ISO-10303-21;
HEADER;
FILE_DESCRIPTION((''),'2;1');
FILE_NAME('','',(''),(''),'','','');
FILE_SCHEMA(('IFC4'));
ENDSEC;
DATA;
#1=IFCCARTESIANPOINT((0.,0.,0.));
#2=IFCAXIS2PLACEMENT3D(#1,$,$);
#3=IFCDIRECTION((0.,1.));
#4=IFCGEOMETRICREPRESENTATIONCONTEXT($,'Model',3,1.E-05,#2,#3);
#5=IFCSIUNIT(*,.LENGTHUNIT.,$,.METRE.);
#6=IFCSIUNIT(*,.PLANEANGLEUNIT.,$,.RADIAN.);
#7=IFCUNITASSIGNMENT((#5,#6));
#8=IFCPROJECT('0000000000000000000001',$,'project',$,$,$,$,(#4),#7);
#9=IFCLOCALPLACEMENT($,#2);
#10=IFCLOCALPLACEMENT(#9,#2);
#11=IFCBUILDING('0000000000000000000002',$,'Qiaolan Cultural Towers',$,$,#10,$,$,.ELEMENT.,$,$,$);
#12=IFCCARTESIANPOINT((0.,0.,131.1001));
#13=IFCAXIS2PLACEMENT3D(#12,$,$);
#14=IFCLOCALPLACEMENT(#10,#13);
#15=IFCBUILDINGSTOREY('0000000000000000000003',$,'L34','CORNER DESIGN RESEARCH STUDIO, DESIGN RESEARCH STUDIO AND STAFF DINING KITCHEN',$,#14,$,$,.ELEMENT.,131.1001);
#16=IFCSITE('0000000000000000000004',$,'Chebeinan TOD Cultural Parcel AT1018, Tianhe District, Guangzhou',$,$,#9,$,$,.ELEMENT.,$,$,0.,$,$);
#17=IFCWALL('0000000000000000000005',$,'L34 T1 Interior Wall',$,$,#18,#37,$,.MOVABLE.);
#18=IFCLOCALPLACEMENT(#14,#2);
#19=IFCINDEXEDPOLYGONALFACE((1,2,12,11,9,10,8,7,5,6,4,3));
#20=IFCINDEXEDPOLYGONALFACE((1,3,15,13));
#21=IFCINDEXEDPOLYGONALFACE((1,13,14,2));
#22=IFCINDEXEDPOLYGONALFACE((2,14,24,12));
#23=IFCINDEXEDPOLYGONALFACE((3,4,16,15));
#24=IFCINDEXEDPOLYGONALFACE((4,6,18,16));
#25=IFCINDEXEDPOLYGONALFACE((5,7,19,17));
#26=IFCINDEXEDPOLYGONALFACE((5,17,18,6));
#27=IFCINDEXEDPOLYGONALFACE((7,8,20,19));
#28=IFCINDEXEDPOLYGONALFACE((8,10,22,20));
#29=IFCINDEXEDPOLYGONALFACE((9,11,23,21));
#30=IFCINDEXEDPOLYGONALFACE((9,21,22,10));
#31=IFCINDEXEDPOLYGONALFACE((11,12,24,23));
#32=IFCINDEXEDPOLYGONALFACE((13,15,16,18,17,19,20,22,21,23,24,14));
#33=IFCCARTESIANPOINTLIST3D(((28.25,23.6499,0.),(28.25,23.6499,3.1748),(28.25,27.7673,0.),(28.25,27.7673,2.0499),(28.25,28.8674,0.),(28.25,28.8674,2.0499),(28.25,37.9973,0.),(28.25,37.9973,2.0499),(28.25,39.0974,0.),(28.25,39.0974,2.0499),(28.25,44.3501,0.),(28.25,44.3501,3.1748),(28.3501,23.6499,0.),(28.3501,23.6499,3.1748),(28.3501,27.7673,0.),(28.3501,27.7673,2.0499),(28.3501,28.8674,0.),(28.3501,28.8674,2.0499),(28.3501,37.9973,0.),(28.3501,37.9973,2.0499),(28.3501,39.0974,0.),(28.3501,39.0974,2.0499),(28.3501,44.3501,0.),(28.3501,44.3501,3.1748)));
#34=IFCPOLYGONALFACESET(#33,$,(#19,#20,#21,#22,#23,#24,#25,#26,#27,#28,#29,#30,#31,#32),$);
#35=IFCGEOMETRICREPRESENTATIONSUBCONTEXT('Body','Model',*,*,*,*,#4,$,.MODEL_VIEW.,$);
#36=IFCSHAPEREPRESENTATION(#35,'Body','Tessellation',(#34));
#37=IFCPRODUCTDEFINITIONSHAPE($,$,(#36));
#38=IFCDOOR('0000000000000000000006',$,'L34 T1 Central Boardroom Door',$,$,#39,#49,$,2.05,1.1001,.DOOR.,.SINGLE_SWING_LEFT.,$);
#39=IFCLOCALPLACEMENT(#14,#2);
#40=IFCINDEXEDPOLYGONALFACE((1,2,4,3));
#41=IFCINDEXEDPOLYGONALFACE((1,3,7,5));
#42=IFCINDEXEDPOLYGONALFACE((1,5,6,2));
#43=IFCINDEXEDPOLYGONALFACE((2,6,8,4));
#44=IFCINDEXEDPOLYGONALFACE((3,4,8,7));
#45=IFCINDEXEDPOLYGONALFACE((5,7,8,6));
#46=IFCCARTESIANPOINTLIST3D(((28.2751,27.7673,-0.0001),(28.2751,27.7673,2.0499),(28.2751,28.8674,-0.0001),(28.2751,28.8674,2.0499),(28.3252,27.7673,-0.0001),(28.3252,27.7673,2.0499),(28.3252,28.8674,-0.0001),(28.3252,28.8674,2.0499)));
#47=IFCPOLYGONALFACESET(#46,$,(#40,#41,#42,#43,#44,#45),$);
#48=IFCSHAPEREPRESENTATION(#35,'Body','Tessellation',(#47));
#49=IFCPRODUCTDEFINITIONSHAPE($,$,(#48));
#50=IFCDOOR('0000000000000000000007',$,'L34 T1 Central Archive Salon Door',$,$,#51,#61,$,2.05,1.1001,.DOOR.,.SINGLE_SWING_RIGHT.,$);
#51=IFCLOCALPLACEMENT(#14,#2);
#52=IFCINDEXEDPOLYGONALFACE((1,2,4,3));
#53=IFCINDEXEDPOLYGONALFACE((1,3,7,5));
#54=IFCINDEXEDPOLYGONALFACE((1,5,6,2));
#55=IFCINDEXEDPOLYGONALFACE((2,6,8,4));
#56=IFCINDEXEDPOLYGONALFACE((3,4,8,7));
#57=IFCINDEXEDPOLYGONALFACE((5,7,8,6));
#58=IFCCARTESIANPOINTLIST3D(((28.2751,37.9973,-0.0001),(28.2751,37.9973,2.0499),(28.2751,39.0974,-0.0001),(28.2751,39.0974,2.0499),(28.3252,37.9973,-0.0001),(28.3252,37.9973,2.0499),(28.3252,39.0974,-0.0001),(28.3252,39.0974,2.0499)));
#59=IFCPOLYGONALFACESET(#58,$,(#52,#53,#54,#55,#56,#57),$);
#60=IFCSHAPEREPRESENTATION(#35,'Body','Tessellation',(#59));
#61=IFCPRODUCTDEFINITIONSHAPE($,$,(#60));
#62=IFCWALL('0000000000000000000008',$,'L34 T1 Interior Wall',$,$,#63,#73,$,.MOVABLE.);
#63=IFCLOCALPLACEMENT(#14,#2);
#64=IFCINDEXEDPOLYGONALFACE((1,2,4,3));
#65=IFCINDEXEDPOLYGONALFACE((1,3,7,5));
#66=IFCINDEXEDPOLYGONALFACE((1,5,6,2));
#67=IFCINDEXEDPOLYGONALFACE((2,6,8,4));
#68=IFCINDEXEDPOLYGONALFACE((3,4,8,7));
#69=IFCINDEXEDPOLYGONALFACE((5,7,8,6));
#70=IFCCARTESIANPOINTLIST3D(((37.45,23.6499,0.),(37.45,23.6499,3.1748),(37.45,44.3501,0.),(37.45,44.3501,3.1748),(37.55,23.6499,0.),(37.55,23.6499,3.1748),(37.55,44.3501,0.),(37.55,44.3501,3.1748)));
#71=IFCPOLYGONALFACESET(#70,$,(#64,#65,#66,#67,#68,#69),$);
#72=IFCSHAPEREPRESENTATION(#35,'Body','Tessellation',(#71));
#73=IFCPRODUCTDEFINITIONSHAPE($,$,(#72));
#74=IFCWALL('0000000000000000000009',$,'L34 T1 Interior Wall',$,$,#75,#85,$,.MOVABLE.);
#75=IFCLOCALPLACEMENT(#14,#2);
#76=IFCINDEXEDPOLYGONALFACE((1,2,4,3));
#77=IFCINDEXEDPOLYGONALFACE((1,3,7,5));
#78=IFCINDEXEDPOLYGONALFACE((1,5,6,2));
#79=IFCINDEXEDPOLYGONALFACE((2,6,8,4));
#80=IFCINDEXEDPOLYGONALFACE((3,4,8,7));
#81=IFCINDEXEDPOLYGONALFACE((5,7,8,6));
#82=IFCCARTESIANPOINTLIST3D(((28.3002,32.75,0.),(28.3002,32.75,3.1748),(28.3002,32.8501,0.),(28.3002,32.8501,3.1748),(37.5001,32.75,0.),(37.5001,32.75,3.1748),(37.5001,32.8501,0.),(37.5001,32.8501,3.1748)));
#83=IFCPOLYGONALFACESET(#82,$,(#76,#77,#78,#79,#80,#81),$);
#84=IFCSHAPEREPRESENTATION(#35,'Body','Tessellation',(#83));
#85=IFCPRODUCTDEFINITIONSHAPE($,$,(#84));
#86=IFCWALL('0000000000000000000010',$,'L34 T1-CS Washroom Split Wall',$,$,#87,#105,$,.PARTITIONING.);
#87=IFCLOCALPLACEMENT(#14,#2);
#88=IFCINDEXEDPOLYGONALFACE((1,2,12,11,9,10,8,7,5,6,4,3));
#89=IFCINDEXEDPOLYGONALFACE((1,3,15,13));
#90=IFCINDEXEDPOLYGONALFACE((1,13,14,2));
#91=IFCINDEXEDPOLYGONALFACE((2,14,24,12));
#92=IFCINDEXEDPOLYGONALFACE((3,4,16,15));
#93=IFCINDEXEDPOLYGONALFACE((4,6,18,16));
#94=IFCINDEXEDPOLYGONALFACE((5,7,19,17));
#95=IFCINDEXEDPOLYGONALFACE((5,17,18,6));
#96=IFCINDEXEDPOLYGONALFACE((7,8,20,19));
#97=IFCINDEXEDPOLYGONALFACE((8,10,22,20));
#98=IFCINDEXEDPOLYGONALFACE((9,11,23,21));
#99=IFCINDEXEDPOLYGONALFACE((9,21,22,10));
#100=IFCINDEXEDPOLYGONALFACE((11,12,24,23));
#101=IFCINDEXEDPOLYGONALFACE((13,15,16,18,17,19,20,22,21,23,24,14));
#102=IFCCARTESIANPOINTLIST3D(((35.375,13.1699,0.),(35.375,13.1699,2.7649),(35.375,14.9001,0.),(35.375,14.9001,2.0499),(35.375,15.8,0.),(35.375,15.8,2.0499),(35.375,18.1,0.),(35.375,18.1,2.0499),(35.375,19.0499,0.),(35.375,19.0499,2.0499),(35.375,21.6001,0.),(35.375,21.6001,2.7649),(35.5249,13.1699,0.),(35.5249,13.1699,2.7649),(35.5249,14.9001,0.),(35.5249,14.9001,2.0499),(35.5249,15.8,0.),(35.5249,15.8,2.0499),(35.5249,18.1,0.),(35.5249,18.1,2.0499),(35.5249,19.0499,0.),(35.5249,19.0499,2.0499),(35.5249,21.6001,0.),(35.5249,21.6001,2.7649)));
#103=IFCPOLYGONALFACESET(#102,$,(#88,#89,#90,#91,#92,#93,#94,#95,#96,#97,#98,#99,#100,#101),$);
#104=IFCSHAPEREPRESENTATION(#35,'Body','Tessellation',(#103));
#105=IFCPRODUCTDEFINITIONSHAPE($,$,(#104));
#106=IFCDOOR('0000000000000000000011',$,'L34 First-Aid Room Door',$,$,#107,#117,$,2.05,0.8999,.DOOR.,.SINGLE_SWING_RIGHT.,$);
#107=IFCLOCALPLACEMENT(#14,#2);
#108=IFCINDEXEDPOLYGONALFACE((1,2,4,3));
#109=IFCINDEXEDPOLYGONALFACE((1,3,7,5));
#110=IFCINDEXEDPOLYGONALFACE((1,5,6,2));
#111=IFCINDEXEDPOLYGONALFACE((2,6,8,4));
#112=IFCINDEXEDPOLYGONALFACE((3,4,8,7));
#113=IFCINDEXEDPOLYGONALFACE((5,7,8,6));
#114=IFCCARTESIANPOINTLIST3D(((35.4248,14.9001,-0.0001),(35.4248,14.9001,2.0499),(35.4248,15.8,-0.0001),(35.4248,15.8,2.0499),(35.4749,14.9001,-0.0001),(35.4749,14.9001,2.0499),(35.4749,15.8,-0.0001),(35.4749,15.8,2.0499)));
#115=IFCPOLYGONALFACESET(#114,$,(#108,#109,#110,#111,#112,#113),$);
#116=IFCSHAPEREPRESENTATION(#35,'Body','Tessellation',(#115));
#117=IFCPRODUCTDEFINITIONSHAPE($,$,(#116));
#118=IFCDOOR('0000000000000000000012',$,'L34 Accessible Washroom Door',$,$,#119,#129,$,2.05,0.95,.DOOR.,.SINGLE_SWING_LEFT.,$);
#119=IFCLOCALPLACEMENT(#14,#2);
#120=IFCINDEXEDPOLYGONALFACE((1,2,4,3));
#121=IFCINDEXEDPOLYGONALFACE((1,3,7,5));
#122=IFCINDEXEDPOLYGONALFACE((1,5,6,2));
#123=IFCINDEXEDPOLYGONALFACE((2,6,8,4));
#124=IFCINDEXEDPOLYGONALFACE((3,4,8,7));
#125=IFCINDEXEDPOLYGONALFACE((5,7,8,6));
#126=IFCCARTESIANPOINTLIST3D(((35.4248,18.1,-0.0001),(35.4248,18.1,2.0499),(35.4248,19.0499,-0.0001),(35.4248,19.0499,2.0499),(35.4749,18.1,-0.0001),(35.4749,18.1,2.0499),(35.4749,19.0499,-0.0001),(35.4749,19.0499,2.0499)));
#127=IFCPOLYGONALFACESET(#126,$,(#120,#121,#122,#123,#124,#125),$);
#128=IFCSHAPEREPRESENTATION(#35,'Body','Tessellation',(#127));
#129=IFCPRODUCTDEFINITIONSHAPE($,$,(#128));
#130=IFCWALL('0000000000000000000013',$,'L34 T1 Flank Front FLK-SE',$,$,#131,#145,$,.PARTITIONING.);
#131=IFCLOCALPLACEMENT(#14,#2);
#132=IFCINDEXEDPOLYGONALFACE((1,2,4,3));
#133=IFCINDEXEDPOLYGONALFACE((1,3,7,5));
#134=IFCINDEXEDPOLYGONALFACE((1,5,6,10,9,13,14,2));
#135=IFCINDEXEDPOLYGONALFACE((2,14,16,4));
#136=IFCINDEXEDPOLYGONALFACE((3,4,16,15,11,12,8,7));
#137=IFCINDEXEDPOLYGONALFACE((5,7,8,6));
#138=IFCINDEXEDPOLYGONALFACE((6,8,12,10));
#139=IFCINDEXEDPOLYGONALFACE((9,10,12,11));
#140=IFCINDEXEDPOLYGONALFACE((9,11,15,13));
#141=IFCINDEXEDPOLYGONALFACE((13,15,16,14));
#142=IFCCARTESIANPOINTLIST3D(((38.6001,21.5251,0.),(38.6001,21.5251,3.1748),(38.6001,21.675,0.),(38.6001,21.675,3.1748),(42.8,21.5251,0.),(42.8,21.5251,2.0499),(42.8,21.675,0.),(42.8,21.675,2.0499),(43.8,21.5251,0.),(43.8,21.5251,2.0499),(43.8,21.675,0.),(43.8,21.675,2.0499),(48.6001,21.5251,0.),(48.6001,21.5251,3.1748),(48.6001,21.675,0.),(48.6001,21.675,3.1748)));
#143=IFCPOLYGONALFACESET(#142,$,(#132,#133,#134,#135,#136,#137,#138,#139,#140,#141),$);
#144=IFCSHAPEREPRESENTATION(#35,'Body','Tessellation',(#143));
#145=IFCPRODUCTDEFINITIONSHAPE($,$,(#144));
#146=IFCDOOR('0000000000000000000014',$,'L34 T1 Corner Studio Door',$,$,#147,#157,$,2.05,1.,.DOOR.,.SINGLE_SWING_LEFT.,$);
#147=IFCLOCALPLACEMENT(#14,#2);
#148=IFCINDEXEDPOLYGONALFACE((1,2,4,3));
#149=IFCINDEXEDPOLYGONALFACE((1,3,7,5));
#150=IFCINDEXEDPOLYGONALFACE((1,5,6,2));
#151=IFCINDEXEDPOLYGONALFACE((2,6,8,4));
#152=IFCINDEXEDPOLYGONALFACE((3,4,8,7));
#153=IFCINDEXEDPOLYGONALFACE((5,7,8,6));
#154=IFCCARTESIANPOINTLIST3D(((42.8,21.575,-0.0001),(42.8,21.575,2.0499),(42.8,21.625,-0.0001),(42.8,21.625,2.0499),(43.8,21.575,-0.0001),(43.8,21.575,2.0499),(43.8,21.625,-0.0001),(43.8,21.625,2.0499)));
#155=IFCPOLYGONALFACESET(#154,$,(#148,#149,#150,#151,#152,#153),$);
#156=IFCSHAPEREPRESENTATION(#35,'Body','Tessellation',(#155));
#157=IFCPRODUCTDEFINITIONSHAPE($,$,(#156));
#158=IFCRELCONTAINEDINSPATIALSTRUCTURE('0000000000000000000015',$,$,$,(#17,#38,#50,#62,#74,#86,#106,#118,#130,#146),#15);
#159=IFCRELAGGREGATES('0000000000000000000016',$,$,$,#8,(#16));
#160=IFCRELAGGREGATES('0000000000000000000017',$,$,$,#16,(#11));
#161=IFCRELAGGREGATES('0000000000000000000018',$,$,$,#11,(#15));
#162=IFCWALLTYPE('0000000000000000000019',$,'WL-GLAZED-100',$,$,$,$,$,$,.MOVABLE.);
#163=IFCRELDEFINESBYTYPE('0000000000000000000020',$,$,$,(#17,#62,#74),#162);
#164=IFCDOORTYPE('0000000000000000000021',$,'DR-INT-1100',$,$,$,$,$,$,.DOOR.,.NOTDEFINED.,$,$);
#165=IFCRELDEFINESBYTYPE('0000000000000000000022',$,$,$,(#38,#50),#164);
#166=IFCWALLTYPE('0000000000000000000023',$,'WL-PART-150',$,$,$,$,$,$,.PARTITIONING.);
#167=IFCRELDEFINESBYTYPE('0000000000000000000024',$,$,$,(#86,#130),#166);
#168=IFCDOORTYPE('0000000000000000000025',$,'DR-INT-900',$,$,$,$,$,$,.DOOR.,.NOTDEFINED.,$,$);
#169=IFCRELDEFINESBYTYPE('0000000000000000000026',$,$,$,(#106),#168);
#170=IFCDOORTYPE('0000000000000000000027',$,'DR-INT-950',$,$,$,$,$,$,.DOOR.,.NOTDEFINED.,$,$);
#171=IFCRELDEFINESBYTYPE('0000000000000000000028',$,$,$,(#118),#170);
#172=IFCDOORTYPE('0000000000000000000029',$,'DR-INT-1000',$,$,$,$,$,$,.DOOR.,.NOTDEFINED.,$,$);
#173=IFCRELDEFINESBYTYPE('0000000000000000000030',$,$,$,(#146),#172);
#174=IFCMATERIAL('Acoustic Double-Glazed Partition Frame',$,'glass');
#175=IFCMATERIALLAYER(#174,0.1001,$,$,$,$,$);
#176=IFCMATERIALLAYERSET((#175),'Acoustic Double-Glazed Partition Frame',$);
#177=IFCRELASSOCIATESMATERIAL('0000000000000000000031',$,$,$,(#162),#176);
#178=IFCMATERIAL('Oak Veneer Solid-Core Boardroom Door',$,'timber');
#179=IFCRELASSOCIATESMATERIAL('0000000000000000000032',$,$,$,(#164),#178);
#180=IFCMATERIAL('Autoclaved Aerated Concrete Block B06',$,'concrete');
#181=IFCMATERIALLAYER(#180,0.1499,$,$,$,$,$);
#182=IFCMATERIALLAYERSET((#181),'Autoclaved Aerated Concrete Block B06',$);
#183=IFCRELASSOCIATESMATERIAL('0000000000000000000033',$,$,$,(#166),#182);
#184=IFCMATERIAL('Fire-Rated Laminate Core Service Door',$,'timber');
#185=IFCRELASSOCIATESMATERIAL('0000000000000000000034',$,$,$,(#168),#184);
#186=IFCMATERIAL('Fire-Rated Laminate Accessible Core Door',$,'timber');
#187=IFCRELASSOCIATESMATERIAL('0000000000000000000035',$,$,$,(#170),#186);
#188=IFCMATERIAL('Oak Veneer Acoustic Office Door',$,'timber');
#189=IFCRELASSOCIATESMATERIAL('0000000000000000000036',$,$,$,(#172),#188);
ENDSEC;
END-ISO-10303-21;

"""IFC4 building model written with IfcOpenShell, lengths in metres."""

from ifc_helpers import new_model, si_unit, direction, frame, frame_2d, origin, place, context, subcontext, project, spatial, rectangle, extrude, material, layer, layer_set, type_object, element, fill, save


model = new_model("IFC4")

# Units and contexts
model_context = context("Model", 3, precision=1e-05, world=origin(), true_north=direction((0.0, 1.0)))
body_context = subcontext(model_context, "Body", "Model", "MODEL_VIEW")
ifc_project = project(units=[si_unit("LENGTHUNIT", "METRE"), si_unit("PLANEANGLEUNIT", "RADIAN")], contexts=[model_context])

# Site, building, storey
site_placement = place(None, origin())
site = spatial("IfcSite", under=ifc_project, at=site_placement, Name="Chebeinan TOD Cultural Parcel AT1018, Tianhe District, Guangzhou", CompositionType="ELEMENT", RefElevation=0.0)
building_placement = place(site_placement, origin())
building = spatial("IfcBuilding", under=site, at=building_placement, Name="Qiaolan Cultural Towers", CompositionType="ELEMENT")
storey_placement = place(building_placement, frame((0.0, 0.0, 131.1001)))
storey = spatial("IfcBuildingStorey", under=building, at=storey_placement, Name="L34", Description="CORNER DESIGN RESEARCH STUDIO, DESIGN RESEARCH STUDIO AND STAFF DINING KITCHEN", CompositionType="ELEMENT", Elevation=131.1001)

# Shared definitions
ifc_material_1 = material(Name="Acoustic Double-Glazed Partition Frame", Category="glass")
ifc_layer_1 = layer(ifc_material_1, 0.1001)
ifc_layer_set_1 = layer_set([ifc_layer_1], Name="Acoustic Double-Glazed Partition Frame")
wall_type_1 = type_object("IfcWallType", Name="WL-GLAZED-100", PredefinedType="MOVABLE", material=ifc_layer_set_1)

# Wall, openings, doors
wall_1_placement = place(storey_placement, frame((28.3, 23.6499, 0.0), z_axis=(0.0, 0.0, 1.0), x_axis=(0.0, 1.0, 0.0)))
wall_1 = element("IfcWall", 1, at=wall_1_placement, inside=storey, type_object=wall_type_1, Name="L34 T1 Interior Wall", PredefinedType="MOVABLE", context=body_context, shape_type="SweptSolid", body=[
    extrude(rectangle(XDim=20.7002, YDim=0.1001, at=frame_2d((10.3501, 0.0))), origin(), (0.0, 0.0, 1.0), 3.1748),
])
opening_1_placement = place(wall_1_placement, frame((4.1174, 0.0, 0.0)))
opening_1 = element("IfcOpeningElement", 2, at=opening_1_placement, cuts=wall_1, PredefinedType="OPENING", context=body_context, shape_type="SweptSolid", body=[
    extrude(rectangle(XDim=1.1001, YDim=2.05, at=frame_2d((0.55, 1.0249))), frame((0.0, 0.0601, 0.0), z_axis=(0.0, -1.0, 0.0), x_axis=(1.0, 0.0, 0.0)), (0.0, 0.0, 1.0), 0.1201),
])
opening_2_placement = place(wall_1_placement, frame((14.3474, 0.0, 0.0)))
opening_2 = element("IfcOpeningElement", 3, at=opening_2_placement, cuts=wall_1, PredefinedType="OPENING", context=body_context, shape_type="SweptSolid", body=[
    extrude(rectangle(XDim=1.1001, YDim=2.05, at=frame_2d((0.55, 1.0249))), frame((0.0, 0.0601, 0.0), z_axis=(0.0, -1.0, 0.0), x_axis=(1.0, 0.0, 0.0)), (0.0, 0.0, 1.0), 0.1201),
])
ifc_material_2 = material(Name="Oak Veneer Solid-Core Boardroom Door", Category="timber")
door_type_1 = type_object("IfcDoorType", Name="DR-INT-1100", OperationType="NOTDEFINED", PredefinedType="DOOR", material=ifc_material_2)
door_1_placement = place(opening_1_placement, origin())
door_1 = element("IfcDoor", 4, at=door_1_placement, inside=storey, type_object=door_type_1, Name="L34 T1 Central Boardroom Door", OperationType="SINGLE_SWING_LEFT", OverallHeight=2.05, OverallWidth=1.1001, PredefinedType="DOOR", context=body_context, shape_type="SweptSolid", body=[
    extrude(rectangle(XDim=1.1001, YDim=2.05, at=frame_2d((0.55, 1.0249))), frame((0.0, 0.0249, 0.0), z_axis=(0.0, -1.0, 0.0), x_axis=(1.0, 0.0, 0.0)), (0.0, 0.0, 1.0), 0.05),
])
fill(opening_1, door_1)
door_2_placement = place(opening_2_placement, origin())
door_2 = element("IfcDoor", 5, at=door_2_placement, inside=storey, type_object=door_type_1, Name="L34 T1 Central Archive Salon Door", OperationType="SINGLE_SWING_RIGHT", OverallHeight=2.05, OverallWidth=1.1001, PredefinedType="DOOR", context=body_context, shape_type="SweptSolid", body=[
    extrude(rectangle(XDim=1.1001, YDim=2.05, at=frame_2d((0.55, 1.0249))), frame((0.0, 0.0249, 0.0), z_axis=(0.0, -1.0, 0.0), x_axis=(1.0, 0.0, 0.0)), (0.0, 0.0, 1.0), 0.05),
])
fill(opening_2, door_2)

# Walls
wall_2_placement = place(storey_placement, frame((37.5, 23.6499, 0.0), z_axis=(0.0, 0.0, 1.0), x_axis=(0.0, 1.0, 0.0)))
element("IfcWall", 6, at=wall_2_placement, inside=storey, type_object=wall_type_1, Name="L34 T1 Interior Wall", PredefinedType="MOVABLE", context=body_context, shape_type="SweptSolid", body=[
    extrude(rectangle(XDim=20.7002, YDim=0.1001, at=frame_2d((10.3501, 0.0))), origin(), (0.0, 0.0, 1.0), 3.1748),
])
wall_3_placement = place(storey_placement, frame((28.3, 32.8, 0.0), z_axis=(0.0, 0.0, 1.0), x_axis=(1.0, 0.0, 0.0)))
element("IfcWall", 7, at=wall_3_placement, inside=storey, type_object=wall_type_1, Name="L34 T1 Interior Wall", PredefinedType="MOVABLE", context=body_context, shape_type="SweptSolid", body=[
    extrude(rectangle(XDim=9.2, YDim=0.1001, at=frame_2d((4.6001, 0.0))), origin(), (0.0, 0.0, 1.0), 3.1748),
])

# Wall, openings, doors
ifc_material_3 = material(Name="Autoclaved Aerated Concrete Block B06", Category="concrete")
ifc_layer_2 = layer(ifc_material_3, 0.1499)
ifc_layer_set_2 = layer_set([ifc_layer_2], Name="Autoclaved Aerated Concrete Block B06")
wall_type_2 = type_object("IfcWallType", Name="WL-PART-150", PredefinedType="PARTITIONING", material=ifc_layer_set_2)
wall_4_placement = place(storey_placement, frame((35.45, 21.6001, 0.0), z_axis=(0.0, 0.0, 1.0), x_axis=(0.0, -1.0, 0.0)))
wall_4 = element("IfcWall", 8, at=wall_4_placement, inside=storey, type_object=wall_type_2, Name="L34 T1-CS Washroom Split Wall", PredefinedType="PARTITIONING", context=body_context, shape_type="SweptSolid", body=[
    extrude(rectangle(XDim=8.4302, YDim=0.1499, at=frame_2d((4.2151, 0.0))), origin(), (0.0, 0.0, 1.0), 2.7649),
])
opening_3_placement = place(wall_4_placement, frame((2.55, 0.0, 0.0)))
opening_3 = element("IfcOpeningElement", 9, at=opening_3_placement, cuts=wall_4, PredefinedType="OPENING", context=body_context, shape_type="SweptSolid", body=[
    extrude(rectangle(XDim=0.95, YDim=2.05, at=frame_2d((0.4751, 1.0249))), frame((0.0, 0.085, 0.0), z_axis=(0.0, -1.0, 0.0), x_axis=(1.0, 0.0, 0.0)), (0.0, 0.0, 1.0), 0.1699),
])
opening_4_placement = place(wall_4_placement, frame((5.8, 0.0, 0.0)))
opening_4 = element("IfcOpeningElement", 10, at=opening_4_placement, cuts=wall_4, PredefinedType="OPENING", context=body_context, shape_type="SweptSolid", body=[
    extrude(rectangle(XDim=0.8999, YDim=2.05, at=frame_2d((0.45, 1.0249))), frame((0.0, 0.085, 0.0), z_axis=(0.0, -1.0, 0.0), x_axis=(1.0, 0.0, 0.0)), (0.0, 0.0, 1.0), 0.1699),
])
ifc_material_4 = material(Name="Fire-Rated Laminate Core Service Door", Category="timber")
door_type_2 = type_object("IfcDoorType", Name="DR-INT-900", OperationType="NOTDEFINED", PredefinedType="DOOR", material=ifc_material_4)
door_3_placement = place(opening_4_placement, origin())
door_3 = element("IfcDoor", 11, at=door_3_placement, inside=storey, type_object=door_type_2, Name="L34 First-Aid Room Door", OperationType="SINGLE_SWING_RIGHT", OverallHeight=2.05, OverallWidth=0.8999, PredefinedType="DOOR", context=body_context, shape_type="SweptSolid", body=[
    extrude(rectangle(XDim=0.8999, YDim=2.05, at=frame_2d((0.45, 1.0249))), frame((0.0, 0.0249, 0.0), z_axis=(0.0, -1.0, 0.0), x_axis=(1.0, 0.0, 0.0)), (0.0, 0.0, 1.0), 0.05),
])
fill(opening_4, door_3)
ifc_material_5 = material(Name="Fire-Rated Laminate Accessible Core Door", Category="timber")
door_type_3 = type_object("IfcDoorType", Name="DR-INT-950", OperationType="NOTDEFINED", PredefinedType="DOOR", material=ifc_material_5)
door_4_placement = place(opening_3_placement, origin())
door_4 = element("IfcDoor", 12, at=door_4_placement, inside=storey, type_object=door_type_3, Name="L34 Accessible Washroom Door", OperationType="SINGLE_SWING_LEFT", OverallHeight=2.05, OverallWidth=0.95, PredefinedType="DOOR", context=body_context, shape_type="SweptSolid", body=[
    extrude(rectangle(XDim=0.95, YDim=2.05, at=frame_2d((0.4751, 1.0249))), frame((0.0, 0.0249, 0.0), z_axis=(0.0, -1.0, 0.0), x_axis=(1.0, 0.0, 0.0)), (0.0, 0.0, 1.0), 0.05),
])
fill(opening_3, door_4)

# Wall, opening, door
wall_5_placement = place(storey_placement, frame((38.6001, 21.6001, 0.0), z_axis=(0.0, 0.0, 1.0), x_axis=(1.0, 0.0, 0.0)))
wall_5 = element("IfcWall", 13, at=wall_5_placement, inside=storey, type_object=wall_type_2, Name="L34 T1 Flank Front FLK-SE", PredefinedType="PARTITIONING", context=body_context, shape_type="SweptSolid", body=[
    extrude(rectangle(XDim=10.0, YDim=0.1499, at=frame_2d((5.0, 0.0))), origin(), (0.0, 0.0, 1.0), 3.1748),
])
opening_5_placement = place(wall_5_placement, frame((4.2, 0.0, 0.0)))
opening_5 = element("IfcOpeningElement", 14, at=opening_5_placement, cuts=wall_5, PredefinedType="OPENING", context=body_context, shape_type="SweptSolid", body=[
    extrude(rectangle(XDim=1.0, YDim=2.05, at=frame_2d((0.5, 1.0249))), frame((0.0, 0.085, 0.0), z_axis=(0.0, -1.0, 0.0), x_axis=(1.0, 0.0, 0.0)), (0.0, 0.0, 1.0), 0.1699),
])
ifc_material_6 = material(Name="Oak Veneer Acoustic Office Door", Category="timber")
door_type_4 = type_object("IfcDoorType", Name="DR-INT-1000", OperationType="NOTDEFINED", PredefinedType="DOOR", material=ifc_material_6)
door_5_placement = place(opening_5_placement, origin())
door_5 = element("IfcDoor", 15, at=door_5_placement, inside=storey, type_object=door_type_4, Name="L34 T1 Corner Studio Door", OperationType="SINGLE_SWING_LEFT", OverallHeight=2.05, OverallWidth=1.0, PredefinedType="DOOR", context=body_context, shape_type="SweptSolid", body=[
    extrude(rectangle(XDim=1.0, YDim=2.05, at=frame_2d((0.5, 1.0249))), frame((0.0, 0.0249, 0.0), z_axis=(0.0, -1.0, 0.0), x_axis=(1.0, 0.0, 0.0)), (0.0, 0.0, 1.0), 0.05),
])
fill(opening_5, door_5)

save(model, "model.ifc")
